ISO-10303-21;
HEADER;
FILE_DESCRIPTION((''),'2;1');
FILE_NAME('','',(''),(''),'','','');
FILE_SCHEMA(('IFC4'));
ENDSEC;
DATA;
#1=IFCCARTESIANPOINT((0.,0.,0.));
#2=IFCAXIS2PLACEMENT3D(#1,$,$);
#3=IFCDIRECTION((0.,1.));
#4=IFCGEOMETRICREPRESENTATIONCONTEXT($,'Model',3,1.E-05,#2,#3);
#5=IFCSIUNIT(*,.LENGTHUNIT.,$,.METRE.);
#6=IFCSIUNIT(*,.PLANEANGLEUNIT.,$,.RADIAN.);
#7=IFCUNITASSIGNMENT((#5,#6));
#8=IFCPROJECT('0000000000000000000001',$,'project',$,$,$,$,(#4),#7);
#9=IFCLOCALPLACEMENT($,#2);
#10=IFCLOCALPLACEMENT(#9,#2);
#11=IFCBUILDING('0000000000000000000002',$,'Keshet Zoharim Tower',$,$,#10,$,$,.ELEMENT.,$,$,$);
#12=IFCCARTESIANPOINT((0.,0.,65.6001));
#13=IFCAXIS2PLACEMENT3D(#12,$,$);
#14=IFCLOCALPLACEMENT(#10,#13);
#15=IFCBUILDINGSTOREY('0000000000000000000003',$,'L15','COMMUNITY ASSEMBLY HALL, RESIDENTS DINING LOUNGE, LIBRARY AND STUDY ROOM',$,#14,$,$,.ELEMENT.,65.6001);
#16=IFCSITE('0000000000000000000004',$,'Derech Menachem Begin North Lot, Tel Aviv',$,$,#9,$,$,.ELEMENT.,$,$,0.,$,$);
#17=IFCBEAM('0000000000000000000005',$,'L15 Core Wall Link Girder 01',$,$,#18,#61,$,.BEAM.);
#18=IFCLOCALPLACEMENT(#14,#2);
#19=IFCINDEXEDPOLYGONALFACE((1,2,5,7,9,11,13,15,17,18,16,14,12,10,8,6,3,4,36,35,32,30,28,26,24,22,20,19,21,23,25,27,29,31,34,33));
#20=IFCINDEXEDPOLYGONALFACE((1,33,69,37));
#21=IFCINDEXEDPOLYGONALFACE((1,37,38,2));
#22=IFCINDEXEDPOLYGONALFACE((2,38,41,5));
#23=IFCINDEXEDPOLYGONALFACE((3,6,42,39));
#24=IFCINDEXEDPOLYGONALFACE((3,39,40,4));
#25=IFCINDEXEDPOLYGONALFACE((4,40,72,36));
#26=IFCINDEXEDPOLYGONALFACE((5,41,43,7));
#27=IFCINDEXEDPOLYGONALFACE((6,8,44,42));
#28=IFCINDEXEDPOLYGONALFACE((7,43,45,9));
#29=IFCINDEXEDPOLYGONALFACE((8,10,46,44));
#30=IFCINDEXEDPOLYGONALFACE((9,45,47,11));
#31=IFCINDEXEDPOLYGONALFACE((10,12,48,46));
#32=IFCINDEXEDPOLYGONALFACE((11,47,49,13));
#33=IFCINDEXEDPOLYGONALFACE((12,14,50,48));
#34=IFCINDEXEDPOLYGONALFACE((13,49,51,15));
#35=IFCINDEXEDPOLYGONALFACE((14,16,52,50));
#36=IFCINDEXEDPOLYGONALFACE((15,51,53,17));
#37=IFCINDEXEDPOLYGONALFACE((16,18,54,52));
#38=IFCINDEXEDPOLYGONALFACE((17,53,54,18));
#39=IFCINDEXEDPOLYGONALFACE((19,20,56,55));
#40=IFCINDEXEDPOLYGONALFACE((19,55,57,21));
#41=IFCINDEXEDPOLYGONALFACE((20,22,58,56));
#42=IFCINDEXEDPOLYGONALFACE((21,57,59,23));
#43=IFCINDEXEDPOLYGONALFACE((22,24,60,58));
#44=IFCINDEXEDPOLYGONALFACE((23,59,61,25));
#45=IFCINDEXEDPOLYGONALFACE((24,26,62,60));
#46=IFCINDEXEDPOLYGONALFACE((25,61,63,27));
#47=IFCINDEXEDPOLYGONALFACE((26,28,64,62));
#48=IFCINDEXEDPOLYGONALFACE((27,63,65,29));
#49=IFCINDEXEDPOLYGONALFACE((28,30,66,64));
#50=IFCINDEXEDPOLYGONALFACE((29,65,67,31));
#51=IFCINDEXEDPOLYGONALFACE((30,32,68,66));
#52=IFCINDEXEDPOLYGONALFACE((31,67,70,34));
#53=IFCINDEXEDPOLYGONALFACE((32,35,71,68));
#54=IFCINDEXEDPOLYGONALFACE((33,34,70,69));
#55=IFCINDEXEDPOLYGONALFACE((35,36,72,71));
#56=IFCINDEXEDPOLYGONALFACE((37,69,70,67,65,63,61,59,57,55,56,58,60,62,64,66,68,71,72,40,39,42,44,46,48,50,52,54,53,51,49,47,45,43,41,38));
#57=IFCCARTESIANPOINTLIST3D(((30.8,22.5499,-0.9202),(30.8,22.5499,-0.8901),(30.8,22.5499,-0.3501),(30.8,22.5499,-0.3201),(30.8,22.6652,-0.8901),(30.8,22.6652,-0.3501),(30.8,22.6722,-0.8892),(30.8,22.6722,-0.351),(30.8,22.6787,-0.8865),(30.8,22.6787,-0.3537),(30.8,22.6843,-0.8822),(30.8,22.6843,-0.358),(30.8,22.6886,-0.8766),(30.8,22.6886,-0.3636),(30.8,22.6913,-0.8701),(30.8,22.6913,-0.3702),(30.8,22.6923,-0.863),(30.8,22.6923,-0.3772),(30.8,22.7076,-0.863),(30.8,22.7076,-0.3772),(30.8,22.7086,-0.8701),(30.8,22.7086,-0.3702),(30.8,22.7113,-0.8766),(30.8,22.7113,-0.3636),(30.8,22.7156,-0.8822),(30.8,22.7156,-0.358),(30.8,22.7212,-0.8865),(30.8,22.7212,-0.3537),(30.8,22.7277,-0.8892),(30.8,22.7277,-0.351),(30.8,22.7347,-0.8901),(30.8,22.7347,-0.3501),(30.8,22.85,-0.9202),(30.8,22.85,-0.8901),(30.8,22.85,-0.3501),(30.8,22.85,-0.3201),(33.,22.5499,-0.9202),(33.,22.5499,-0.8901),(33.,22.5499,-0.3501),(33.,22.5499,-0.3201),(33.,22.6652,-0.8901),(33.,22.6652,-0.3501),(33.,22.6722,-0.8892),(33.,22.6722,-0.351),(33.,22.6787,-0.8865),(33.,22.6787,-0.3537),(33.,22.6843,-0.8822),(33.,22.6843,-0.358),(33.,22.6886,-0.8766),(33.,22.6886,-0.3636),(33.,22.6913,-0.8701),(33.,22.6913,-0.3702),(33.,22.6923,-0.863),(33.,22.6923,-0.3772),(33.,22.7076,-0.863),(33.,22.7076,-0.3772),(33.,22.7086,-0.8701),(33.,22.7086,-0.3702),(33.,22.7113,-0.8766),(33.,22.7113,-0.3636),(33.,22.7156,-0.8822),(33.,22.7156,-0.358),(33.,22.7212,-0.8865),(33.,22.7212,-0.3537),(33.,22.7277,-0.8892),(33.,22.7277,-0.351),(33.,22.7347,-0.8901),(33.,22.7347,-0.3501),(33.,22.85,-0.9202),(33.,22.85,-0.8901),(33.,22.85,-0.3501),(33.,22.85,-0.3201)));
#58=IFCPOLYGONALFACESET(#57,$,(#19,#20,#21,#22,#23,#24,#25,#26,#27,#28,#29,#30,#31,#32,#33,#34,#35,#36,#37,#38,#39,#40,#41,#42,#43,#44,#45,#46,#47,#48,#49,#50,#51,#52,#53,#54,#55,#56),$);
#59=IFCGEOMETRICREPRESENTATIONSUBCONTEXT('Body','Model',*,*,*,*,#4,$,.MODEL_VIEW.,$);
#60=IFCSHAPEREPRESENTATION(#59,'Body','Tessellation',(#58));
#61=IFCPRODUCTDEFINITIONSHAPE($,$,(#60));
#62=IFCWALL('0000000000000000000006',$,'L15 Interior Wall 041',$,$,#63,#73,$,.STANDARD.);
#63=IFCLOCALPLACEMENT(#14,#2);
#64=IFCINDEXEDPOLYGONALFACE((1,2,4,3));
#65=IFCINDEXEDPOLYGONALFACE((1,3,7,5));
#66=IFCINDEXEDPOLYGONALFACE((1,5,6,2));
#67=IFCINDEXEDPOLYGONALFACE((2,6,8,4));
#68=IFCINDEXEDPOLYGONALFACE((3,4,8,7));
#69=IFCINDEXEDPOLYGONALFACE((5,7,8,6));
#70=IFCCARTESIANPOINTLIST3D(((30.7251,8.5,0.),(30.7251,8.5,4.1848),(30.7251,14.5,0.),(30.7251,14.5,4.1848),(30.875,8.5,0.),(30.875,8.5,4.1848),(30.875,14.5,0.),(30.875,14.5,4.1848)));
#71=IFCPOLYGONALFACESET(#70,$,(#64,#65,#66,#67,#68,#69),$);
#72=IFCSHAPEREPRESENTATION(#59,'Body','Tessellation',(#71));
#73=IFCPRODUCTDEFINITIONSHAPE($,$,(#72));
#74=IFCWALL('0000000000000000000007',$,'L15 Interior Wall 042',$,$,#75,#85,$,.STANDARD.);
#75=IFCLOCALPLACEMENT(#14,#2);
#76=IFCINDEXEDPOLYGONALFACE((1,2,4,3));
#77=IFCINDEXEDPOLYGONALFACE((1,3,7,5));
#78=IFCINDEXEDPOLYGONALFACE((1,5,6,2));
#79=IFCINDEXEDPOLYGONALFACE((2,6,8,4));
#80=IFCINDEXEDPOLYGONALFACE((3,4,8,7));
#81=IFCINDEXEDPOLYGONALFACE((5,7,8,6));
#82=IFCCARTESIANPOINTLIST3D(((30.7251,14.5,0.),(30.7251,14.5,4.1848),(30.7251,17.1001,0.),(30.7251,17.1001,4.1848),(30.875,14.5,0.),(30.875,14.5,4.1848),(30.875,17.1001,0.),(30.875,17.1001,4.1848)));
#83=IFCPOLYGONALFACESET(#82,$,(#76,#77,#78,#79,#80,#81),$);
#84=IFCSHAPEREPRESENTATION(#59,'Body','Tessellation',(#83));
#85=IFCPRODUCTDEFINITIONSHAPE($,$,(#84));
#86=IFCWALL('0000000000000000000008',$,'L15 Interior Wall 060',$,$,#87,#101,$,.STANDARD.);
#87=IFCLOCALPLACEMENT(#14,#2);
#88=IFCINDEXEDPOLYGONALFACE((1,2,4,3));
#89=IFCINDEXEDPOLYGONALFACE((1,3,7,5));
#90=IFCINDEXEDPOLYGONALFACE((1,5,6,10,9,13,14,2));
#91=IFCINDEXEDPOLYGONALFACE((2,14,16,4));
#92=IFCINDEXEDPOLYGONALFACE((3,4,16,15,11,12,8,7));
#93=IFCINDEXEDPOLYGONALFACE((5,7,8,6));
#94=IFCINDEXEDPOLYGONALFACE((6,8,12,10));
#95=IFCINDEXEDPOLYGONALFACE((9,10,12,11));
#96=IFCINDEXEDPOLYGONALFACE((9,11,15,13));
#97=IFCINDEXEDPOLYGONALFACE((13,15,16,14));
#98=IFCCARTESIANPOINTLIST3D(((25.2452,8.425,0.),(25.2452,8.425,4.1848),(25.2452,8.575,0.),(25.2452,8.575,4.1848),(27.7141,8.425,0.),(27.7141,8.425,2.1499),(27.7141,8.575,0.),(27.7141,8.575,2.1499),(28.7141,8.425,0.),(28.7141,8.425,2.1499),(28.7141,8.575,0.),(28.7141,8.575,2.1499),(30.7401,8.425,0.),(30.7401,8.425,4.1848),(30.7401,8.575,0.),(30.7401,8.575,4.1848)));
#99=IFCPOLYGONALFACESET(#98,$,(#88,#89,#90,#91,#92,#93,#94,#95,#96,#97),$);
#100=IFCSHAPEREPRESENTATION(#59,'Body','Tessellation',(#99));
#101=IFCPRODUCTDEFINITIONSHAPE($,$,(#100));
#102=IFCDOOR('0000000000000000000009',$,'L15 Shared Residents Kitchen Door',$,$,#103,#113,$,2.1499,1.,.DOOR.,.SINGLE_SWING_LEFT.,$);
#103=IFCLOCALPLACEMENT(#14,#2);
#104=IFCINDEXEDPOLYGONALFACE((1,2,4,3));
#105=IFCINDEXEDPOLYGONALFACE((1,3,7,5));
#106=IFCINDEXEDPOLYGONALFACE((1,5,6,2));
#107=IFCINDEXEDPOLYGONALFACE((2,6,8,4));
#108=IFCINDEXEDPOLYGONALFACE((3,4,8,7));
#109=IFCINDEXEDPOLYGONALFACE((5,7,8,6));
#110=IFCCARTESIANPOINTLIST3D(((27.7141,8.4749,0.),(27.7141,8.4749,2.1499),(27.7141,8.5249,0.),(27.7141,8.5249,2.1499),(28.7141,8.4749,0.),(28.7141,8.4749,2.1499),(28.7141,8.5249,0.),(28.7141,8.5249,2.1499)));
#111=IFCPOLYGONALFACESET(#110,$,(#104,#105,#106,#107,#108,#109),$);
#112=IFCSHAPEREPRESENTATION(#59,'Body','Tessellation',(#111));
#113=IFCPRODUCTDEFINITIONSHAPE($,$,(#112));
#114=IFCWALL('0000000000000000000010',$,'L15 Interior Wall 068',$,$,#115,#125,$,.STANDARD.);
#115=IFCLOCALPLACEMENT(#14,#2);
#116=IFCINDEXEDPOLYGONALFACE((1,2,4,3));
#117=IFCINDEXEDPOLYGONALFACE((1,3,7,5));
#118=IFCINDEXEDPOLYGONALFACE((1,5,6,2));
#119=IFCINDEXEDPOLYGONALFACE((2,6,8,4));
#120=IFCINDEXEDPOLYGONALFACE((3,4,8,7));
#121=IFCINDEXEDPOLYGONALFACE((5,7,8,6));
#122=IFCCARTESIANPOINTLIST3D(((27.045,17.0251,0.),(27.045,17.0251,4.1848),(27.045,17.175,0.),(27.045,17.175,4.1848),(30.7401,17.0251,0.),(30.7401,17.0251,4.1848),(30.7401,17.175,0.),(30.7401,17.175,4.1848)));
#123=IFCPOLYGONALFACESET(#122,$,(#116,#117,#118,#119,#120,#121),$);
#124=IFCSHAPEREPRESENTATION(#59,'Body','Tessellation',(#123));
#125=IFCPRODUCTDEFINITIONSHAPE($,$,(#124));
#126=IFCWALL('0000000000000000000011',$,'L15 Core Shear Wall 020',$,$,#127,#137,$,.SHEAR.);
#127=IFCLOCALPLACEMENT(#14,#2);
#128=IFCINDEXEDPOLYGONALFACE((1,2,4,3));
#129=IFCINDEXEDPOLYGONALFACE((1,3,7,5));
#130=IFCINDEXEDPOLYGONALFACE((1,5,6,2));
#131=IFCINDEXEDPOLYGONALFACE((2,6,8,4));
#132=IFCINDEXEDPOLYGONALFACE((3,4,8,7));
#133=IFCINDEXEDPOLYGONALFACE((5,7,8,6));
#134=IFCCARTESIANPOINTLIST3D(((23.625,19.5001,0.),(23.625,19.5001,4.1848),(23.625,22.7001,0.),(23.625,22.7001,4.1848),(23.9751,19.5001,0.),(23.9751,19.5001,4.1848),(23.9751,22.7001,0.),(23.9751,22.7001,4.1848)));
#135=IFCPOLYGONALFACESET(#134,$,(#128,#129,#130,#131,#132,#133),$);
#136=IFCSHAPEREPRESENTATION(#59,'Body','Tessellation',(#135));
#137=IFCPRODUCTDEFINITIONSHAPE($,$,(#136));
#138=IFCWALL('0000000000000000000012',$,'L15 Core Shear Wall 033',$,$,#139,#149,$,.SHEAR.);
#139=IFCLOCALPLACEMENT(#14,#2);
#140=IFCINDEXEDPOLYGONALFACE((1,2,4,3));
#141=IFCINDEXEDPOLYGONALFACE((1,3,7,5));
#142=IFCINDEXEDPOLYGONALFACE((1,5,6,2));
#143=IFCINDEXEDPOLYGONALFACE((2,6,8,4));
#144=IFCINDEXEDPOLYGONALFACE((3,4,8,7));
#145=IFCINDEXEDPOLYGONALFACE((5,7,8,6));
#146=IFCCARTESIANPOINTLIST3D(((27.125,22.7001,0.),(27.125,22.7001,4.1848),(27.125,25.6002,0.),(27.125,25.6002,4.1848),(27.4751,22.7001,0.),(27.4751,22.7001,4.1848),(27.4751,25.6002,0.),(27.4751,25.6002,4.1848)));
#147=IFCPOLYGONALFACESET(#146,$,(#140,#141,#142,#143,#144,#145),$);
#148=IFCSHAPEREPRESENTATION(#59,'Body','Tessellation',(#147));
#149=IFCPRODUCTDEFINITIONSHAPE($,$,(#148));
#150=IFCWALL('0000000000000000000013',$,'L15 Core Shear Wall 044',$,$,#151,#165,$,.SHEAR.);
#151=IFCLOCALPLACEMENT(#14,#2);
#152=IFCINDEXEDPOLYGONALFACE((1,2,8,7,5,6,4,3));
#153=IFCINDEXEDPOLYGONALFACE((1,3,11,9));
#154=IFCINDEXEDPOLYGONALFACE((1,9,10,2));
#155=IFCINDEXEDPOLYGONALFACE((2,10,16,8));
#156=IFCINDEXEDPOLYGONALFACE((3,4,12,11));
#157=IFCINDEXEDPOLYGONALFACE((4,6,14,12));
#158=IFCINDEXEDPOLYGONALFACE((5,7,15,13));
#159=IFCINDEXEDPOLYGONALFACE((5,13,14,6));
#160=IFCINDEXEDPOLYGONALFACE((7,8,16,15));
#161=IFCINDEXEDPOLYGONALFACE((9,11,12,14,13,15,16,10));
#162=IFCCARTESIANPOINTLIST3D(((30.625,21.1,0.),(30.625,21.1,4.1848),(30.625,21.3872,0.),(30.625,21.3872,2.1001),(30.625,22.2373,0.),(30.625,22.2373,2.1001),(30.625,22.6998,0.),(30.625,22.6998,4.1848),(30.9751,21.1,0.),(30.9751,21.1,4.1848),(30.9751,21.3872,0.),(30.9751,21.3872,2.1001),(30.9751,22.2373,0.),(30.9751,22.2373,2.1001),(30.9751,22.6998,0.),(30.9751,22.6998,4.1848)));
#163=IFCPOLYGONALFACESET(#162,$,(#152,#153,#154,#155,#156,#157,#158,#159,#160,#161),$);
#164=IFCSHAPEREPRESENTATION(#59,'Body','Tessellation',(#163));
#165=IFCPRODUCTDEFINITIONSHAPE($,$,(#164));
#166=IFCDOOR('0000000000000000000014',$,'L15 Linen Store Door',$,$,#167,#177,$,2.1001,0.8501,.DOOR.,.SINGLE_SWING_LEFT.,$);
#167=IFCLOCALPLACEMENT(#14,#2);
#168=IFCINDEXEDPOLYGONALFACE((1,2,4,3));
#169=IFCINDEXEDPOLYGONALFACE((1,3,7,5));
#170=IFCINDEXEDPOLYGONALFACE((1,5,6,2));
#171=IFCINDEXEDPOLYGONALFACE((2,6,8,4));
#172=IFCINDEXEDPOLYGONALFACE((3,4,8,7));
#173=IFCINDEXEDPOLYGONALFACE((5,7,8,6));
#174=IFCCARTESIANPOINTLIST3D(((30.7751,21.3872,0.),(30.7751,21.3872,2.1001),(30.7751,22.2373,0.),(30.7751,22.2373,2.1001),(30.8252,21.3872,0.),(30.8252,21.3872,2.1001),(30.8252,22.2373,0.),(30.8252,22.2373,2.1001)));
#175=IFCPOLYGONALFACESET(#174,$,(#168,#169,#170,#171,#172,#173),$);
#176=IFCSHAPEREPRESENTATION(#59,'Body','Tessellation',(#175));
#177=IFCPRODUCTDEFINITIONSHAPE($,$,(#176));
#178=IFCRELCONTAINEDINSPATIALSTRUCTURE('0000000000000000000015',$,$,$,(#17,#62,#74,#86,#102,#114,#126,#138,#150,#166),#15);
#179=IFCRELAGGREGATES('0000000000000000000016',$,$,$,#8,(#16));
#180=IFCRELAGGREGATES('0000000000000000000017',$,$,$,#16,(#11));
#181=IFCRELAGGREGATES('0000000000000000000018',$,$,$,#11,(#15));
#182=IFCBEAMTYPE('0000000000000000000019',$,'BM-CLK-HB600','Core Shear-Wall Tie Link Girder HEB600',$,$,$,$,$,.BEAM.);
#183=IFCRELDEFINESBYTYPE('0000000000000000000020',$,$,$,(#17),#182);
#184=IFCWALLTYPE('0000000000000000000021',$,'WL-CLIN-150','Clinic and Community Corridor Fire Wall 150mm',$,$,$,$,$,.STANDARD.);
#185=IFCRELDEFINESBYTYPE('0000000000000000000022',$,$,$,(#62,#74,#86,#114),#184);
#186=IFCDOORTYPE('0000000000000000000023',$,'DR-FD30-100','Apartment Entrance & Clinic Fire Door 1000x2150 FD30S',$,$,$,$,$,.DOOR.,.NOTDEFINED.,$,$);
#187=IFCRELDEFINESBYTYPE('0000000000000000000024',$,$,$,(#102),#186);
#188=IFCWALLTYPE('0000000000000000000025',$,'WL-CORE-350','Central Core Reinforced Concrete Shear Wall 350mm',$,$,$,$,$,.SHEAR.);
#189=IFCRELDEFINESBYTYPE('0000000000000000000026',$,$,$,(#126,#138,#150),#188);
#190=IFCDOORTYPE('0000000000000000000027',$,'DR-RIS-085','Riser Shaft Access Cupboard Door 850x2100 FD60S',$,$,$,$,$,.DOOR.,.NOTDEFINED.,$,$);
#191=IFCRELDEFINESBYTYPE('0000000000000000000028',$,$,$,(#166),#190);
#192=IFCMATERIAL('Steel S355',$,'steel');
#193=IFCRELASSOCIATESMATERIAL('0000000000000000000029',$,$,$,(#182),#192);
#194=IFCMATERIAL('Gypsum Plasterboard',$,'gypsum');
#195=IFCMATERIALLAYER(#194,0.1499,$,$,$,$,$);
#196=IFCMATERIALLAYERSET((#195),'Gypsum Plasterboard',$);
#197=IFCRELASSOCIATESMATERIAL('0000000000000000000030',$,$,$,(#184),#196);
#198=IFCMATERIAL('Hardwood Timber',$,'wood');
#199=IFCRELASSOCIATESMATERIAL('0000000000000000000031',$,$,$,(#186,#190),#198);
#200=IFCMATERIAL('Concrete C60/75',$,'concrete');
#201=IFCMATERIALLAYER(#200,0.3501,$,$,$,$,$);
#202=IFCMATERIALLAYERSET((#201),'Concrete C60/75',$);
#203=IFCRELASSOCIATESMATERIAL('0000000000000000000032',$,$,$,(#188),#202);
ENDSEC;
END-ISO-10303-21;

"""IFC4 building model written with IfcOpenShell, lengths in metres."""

from ifc_helpers import new_model, si_unit, direction, frame, frame_2d, origin, origin_2d, place, context, subcontext, project, spatial, rectangle, i_section, extrude, material, layer, layer_set, material_profile, profile_set, type_object, element, fill, save


model = new_model("IFC4")

# Units and contexts
model_context = context("Model", 3, precision=1e-05, world=origin(), true_north=direction((0.0, 1.0)))
body_context = subcontext(model_context, "Body", "Model", "MODEL_VIEW")
ifc_project = project(units=[si_unit("LENGTHUNIT", "METRE"), si_unit("PLANEANGLEUNIT", "RADIAN")], contexts=[model_context])

# Site, building, storey
site_placement = place(None, origin())
site = spatial("IfcSite", under=ifc_project, at=site_placement, Name="Derech Menachem Begin North Lot, Tel Aviv", CompositionType="ELEMENT", RefElevation=0.0)
building_placement = place(site_placement, origin())
building = spatial("IfcBuilding", under=site, at=building_placement, Name="Keshet Zoharim Tower", CompositionType="ELEMENT")
storey_placement = place(building_placement, frame((0.0, 0.0, 65.6001)))
storey = spatial("IfcBuildingStorey", under=building, at=storey_placement, Name="L15", Description="COMMUNITY ASSEMBLY HALL, RESIDENTS DINING LOUNGE, LIBRARY AND STUDY ROOM", CompositionType="ELEMENT", Elevation=65.6001)

# Beam
ifc_material_1 = material(Name="Steel S355", Category="steel")
ifc_material_profile = material_profile(ifc_material_1, i_section(OverallWidth=0.3, OverallDepth=0.6001, WebThickness=0.0154, FlangeThickness=0.03, FilletRadius=0.0271, at=origin_2d()), Name="HEB600")
ifc_profile_set = profile_set([ifc_material_profile], Name="Steel S355")
beam_type = type_object("IfcBeamType", Name="BM-CLK-HB600", Description="Core Shear-Wall Tie Link Girder HEB600", PredefinedType="BEAM", material=ifc_profile_set)
beam_placement = place(storey_placement, frame((30.8, 22.7, -0.6201), z_axis=(1.0, 0.0, 0.0), x_axis=(0.0, 1.0, 0.0)))
element("IfcBeam", 1, at=beam_placement, inside=storey, type_object=beam_type, Name="L15 Core Wall Link Girder 01", PredefinedType="BEAM", context=body_context, shape_type="SweptSolid", body=[
    extrude(i_section(OverallWidth=0.3, OverallDepth=0.6001, WebThickness=0.0154, FlangeThickness=0.03, FilletRadius=0.0271, at=origin_2d()), origin(), (0.0, 0.0, 1.0), 2.2),
])

# Walls
ifc_material_2 = material(Name="Gypsum Plasterboard", Category="gypsum")
ifc_layer_1 = layer(ifc_material_2, 0.1499)
ifc_layer_set_1 = layer_set([ifc_layer_1], Name="Gypsum Plasterboard")
wall_type_1 = type_object("IfcWallType", Name="WL-CLIN-150", Description="Clinic and Community Corridor Fire Wall 150mm", PredefinedType="STANDARD", material=ifc_layer_set_1)
wall_1_placement = place(storey_placement, frame((30.8, 8.5, 0.0), z_axis=(0.0, 0.0, 1.0), x_axis=(0.0, 1.0, 0.0)))
element("IfcWall", 2, at=wall_1_placement, inside=storey, type_object=wall_type_1, Name="L15 Interior Wall 041", PredefinedType="STANDARD", context=body_context, shape_type="SweptSolid", body=[
    extrude(rectangle(XDim=6.0, YDim=0.1499, at=frame_2d((3.0, 0.0))), origin(), (0.0, 0.0, 1.0), 4.1848),
])
wall_2_placement = place(storey_placement, frame((30.8, 14.5, 0.0), z_axis=(0.0, 0.0, 1.0), x_axis=(0.0, 1.0, 0.0)))
element("IfcWall", 3, at=wall_2_placement, inside=storey, type_object=wall_type_1, Name="L15 Interior Wall 042", PredefinedType="STANDARD", context=body_context, shape_type="SweptSolid", body=[
    extrude(rectangle(XDim=2.6001, YDim=0.1499, at=frame_2d((1.3, 0.0))), origin(), (0.0, 0.0, 1.0), 4.1848),
])

# Wall, opening, door
wall_3_placement = place(storey_placement, frame((25.2451, 8.5, 0.0), z_axis=(0.0, 0.0, 1.0), x_axis=(1.0, 0.0, 0.0)))
wall_3 = element("IfcWall", 4, at=wall_3_placement, inside=storey, type_object=wall_type_1, Name="L15 Interior Wall 060", PredefinedType="STANDARD", context=body_context, shape_type="SweptSolid", body=[
    extrude(rectangle(XDim=5.4949, YDim=0.1499, at=frame_2d((2.7476, 0.0))), origin(), (0.0, 0.0, 1.0), 4.1848),
])
opening_1_placement = place(wall_3_placement, frame((2.469, 0.0, 0.0)))
opening_1 = element("IfcOpeningElement", 5, at=opening_1_placement, cuts=wall_3, PredefinedType="OPENING", context=body_context, shape_type="SweptSolid", body=[
    extrude(rectangle(XDim=1.0, YDim=2.1499, at=frame_2d((0.5, 1.075))), frame((0.0, 0.085, 0.0), z_axis=(0.0, -1.0, 0.0), x_axis=(1.0, 0.0, 0.0)), (0.0, 0.0, 1.0), 0.1699),
])
ifc_material_3 = material(Name="Hardwood Timber", Category="wood")
door_type_1 = type_object("IfcDoorType", Name="DR-FD30-100", Description="Apartment Entrance & Clinic Fire Door 1000x2150 FD30S", OperationType="NOTDEFINED", PredefinedType="DOOR", material=ifc_material_3)
door_1_placement = place(opening_1_placement, origin())
door_1 = element("IfcDoor", 6, at=door_1_placement, inside=storey, type_object=door_type_1, Name="L15 Shared Residents Kitchen Door", OperationType="SINGLE_SWING_LEFT", OverallHeight=2.1499, OverallWidth=1.0, PredefinedType="DOOR", context=body_context, shape_type="SweptSolid", body=[
    extrude(rectangle(XDim=1.0, YDim=2.1499, at=frame_2d((0.5, 1.075))), frame((0.0, 0.0249, 0.0), z_axis=(0.0, -1.0, 0.0), x_axis=(1.0, 0.0, 0.0)), (0.0, 0.0, 1.0), 0.05),
])
fill(opening_1, door_1)

# Walls
wall_4_placement = place(storey_placement, frame((27.0449, 17.1001, 0.0), z_axis=(0.0, 0.0, 1.0), x_axis=(1.0, 0.0, 0.0)))
element("IfcWall", 7, at=wall_4_placement, inside=storey, type_object=wall_type_1, Name="L15 Interior Wall 068", PredefinedType="STANDARD", context=body_context, shape_type="SweptSolid", body=[
    extrude(rectangle(XDim=3.6951, YDim=0.1499, at=frame_2d((1.8477, 0.0))), origin(), (0.0, 0.0, 1.0), 4.1848),
])
ifc_material_4 = material(Name="Concrete C60/75", Category="concrete")
ifc_layer_2 = layer(ifc_material_4, 0.3501)
ifc_layer_set_2 = layer_set([ifc_layer_2], Name="Concrete C60/75")
wall_type_2 = type_object("IfcWallType", Name="WL-CORE-350", Description="Central Core Reinforced Concrete Shear Wall 350mm", PredefinedType="SHEAR", material=ifc_layer_set_2)
wall_5_placement = place(storey_placement, frame((23.8, 19.5, 0.0), z_axis=(0.0, 0.0, 1.0), x_axis=(0.0, 1.0, 0.0)))
element("IfcWall", 8, at=wall_5_placement, inside=storey, type_object=wall_type_2, Name="L15 Core Shear Wall 020", PredefinedType="SHEAR", context=body_context, shape_type="SweptSolid", body=[
    extrude(rectangle(XDim=3.2, YDim=0.3501, at=frame_2d((1.6001, 0.0))), origin(), (0.0, 0.0, 1.0), 4.1848),
])

# Wall
wall_6_placement = place(storey_placement, frame((27.3, 22.7, 0.0), z_axis=(0.0, 0.0, 1.0), x_axis=(0.0, 1.0, 0.0)))
element("IfcWall", 9, at=wall_6_placement, inside=storey, type_object=wall_type_2, Name="L15 Core Shear Wall 033", PredefinedType="SHEAR", context=body_context, shape_type="SweptSolid", body=[
    extrude(rectangle(XDim=2.9001, YDim=0.3501, at=frame_2d((1.4502, 0.0))), origin(), (0.0, 0.0, 1.0), 4.1848),
])

# Wall, opening, door
wall_7_placement = place(storey_placement, frame((30.8, 21.1001, 0.0), z_axis=(0.0, 0.0, 1.0), x_axis=(0.0, 1.0, 0.0)))
wall_7 = element("IfcWall", 10, at=wall_7_placement, inside=storey, type_object=wall_type_2, Name="L15 Core Shear Wall 044", PredefinedType="SHEAR", context=body_context, shape_type="SweptSolid", body=[
    extrude(rectangle(XDim=1.5999, YDim=0.3501, at=frame_2d((0.7998, 0.0))), origin(), (0.0, 0.0, 1.0), 4.1848),
])
opening_2_placement = place(wall_7_placement, frame((0.2871, 0.0, 0.0)))
opening_2 = element("IfcOpeningElement", 11, at=opening_2_placement, cuts=wall_7, PredefinedType="OPENING", context=body_context, shape_type="SweptSolid", body=[
    extrude(rectangle(XDim=0.8501, YDim=2.1001, at=frame_2d((0.425, 1.05))), frame((0.0, 0.1851, 0.0), z_axis=(0.0, -1.0, 0.0), x_axis=(1.0, 0.0, 0.0)), (0.0, 0.0, 1.0), 0.3701),
])
door_type_2 = type_object("IfcDoorType", Name="DR-RIS-085", Description="Riser Shaft Access Cupboard Door 850x2100 FD60S", OperationType="NOTDEFINED", PredefinedType="DOOR", material=ifc_material_3)
door_2_placement = place(opening_2_placement, origin())
door_2 = element("IfcDoor", 12, at=door_2_placement, inside=storey, type_object=door_type_2, Name="L15 Linen Store Door", OperationType="SINGLE_SWING_LEFT", OverallHeight=2.1001, OverallWidth=0.8501, PredefinedType="DOOR", context=body_context, shape_type="SweptSolid", body=[
    extrude(rectangle(XDim=0.8501, YDim=2.1001, at=frame_2d((0.425, 1.05))), frame((0.0, 0.0249, 0.0), z_axis=(0.0, -1.0, 0.0), x_axis=(1.0, 0.0, 0.0)), (0.0, 0.0, 1.0), 0.05),
])
fill(opening_2, door_2)

save(model, "model.ifc")
